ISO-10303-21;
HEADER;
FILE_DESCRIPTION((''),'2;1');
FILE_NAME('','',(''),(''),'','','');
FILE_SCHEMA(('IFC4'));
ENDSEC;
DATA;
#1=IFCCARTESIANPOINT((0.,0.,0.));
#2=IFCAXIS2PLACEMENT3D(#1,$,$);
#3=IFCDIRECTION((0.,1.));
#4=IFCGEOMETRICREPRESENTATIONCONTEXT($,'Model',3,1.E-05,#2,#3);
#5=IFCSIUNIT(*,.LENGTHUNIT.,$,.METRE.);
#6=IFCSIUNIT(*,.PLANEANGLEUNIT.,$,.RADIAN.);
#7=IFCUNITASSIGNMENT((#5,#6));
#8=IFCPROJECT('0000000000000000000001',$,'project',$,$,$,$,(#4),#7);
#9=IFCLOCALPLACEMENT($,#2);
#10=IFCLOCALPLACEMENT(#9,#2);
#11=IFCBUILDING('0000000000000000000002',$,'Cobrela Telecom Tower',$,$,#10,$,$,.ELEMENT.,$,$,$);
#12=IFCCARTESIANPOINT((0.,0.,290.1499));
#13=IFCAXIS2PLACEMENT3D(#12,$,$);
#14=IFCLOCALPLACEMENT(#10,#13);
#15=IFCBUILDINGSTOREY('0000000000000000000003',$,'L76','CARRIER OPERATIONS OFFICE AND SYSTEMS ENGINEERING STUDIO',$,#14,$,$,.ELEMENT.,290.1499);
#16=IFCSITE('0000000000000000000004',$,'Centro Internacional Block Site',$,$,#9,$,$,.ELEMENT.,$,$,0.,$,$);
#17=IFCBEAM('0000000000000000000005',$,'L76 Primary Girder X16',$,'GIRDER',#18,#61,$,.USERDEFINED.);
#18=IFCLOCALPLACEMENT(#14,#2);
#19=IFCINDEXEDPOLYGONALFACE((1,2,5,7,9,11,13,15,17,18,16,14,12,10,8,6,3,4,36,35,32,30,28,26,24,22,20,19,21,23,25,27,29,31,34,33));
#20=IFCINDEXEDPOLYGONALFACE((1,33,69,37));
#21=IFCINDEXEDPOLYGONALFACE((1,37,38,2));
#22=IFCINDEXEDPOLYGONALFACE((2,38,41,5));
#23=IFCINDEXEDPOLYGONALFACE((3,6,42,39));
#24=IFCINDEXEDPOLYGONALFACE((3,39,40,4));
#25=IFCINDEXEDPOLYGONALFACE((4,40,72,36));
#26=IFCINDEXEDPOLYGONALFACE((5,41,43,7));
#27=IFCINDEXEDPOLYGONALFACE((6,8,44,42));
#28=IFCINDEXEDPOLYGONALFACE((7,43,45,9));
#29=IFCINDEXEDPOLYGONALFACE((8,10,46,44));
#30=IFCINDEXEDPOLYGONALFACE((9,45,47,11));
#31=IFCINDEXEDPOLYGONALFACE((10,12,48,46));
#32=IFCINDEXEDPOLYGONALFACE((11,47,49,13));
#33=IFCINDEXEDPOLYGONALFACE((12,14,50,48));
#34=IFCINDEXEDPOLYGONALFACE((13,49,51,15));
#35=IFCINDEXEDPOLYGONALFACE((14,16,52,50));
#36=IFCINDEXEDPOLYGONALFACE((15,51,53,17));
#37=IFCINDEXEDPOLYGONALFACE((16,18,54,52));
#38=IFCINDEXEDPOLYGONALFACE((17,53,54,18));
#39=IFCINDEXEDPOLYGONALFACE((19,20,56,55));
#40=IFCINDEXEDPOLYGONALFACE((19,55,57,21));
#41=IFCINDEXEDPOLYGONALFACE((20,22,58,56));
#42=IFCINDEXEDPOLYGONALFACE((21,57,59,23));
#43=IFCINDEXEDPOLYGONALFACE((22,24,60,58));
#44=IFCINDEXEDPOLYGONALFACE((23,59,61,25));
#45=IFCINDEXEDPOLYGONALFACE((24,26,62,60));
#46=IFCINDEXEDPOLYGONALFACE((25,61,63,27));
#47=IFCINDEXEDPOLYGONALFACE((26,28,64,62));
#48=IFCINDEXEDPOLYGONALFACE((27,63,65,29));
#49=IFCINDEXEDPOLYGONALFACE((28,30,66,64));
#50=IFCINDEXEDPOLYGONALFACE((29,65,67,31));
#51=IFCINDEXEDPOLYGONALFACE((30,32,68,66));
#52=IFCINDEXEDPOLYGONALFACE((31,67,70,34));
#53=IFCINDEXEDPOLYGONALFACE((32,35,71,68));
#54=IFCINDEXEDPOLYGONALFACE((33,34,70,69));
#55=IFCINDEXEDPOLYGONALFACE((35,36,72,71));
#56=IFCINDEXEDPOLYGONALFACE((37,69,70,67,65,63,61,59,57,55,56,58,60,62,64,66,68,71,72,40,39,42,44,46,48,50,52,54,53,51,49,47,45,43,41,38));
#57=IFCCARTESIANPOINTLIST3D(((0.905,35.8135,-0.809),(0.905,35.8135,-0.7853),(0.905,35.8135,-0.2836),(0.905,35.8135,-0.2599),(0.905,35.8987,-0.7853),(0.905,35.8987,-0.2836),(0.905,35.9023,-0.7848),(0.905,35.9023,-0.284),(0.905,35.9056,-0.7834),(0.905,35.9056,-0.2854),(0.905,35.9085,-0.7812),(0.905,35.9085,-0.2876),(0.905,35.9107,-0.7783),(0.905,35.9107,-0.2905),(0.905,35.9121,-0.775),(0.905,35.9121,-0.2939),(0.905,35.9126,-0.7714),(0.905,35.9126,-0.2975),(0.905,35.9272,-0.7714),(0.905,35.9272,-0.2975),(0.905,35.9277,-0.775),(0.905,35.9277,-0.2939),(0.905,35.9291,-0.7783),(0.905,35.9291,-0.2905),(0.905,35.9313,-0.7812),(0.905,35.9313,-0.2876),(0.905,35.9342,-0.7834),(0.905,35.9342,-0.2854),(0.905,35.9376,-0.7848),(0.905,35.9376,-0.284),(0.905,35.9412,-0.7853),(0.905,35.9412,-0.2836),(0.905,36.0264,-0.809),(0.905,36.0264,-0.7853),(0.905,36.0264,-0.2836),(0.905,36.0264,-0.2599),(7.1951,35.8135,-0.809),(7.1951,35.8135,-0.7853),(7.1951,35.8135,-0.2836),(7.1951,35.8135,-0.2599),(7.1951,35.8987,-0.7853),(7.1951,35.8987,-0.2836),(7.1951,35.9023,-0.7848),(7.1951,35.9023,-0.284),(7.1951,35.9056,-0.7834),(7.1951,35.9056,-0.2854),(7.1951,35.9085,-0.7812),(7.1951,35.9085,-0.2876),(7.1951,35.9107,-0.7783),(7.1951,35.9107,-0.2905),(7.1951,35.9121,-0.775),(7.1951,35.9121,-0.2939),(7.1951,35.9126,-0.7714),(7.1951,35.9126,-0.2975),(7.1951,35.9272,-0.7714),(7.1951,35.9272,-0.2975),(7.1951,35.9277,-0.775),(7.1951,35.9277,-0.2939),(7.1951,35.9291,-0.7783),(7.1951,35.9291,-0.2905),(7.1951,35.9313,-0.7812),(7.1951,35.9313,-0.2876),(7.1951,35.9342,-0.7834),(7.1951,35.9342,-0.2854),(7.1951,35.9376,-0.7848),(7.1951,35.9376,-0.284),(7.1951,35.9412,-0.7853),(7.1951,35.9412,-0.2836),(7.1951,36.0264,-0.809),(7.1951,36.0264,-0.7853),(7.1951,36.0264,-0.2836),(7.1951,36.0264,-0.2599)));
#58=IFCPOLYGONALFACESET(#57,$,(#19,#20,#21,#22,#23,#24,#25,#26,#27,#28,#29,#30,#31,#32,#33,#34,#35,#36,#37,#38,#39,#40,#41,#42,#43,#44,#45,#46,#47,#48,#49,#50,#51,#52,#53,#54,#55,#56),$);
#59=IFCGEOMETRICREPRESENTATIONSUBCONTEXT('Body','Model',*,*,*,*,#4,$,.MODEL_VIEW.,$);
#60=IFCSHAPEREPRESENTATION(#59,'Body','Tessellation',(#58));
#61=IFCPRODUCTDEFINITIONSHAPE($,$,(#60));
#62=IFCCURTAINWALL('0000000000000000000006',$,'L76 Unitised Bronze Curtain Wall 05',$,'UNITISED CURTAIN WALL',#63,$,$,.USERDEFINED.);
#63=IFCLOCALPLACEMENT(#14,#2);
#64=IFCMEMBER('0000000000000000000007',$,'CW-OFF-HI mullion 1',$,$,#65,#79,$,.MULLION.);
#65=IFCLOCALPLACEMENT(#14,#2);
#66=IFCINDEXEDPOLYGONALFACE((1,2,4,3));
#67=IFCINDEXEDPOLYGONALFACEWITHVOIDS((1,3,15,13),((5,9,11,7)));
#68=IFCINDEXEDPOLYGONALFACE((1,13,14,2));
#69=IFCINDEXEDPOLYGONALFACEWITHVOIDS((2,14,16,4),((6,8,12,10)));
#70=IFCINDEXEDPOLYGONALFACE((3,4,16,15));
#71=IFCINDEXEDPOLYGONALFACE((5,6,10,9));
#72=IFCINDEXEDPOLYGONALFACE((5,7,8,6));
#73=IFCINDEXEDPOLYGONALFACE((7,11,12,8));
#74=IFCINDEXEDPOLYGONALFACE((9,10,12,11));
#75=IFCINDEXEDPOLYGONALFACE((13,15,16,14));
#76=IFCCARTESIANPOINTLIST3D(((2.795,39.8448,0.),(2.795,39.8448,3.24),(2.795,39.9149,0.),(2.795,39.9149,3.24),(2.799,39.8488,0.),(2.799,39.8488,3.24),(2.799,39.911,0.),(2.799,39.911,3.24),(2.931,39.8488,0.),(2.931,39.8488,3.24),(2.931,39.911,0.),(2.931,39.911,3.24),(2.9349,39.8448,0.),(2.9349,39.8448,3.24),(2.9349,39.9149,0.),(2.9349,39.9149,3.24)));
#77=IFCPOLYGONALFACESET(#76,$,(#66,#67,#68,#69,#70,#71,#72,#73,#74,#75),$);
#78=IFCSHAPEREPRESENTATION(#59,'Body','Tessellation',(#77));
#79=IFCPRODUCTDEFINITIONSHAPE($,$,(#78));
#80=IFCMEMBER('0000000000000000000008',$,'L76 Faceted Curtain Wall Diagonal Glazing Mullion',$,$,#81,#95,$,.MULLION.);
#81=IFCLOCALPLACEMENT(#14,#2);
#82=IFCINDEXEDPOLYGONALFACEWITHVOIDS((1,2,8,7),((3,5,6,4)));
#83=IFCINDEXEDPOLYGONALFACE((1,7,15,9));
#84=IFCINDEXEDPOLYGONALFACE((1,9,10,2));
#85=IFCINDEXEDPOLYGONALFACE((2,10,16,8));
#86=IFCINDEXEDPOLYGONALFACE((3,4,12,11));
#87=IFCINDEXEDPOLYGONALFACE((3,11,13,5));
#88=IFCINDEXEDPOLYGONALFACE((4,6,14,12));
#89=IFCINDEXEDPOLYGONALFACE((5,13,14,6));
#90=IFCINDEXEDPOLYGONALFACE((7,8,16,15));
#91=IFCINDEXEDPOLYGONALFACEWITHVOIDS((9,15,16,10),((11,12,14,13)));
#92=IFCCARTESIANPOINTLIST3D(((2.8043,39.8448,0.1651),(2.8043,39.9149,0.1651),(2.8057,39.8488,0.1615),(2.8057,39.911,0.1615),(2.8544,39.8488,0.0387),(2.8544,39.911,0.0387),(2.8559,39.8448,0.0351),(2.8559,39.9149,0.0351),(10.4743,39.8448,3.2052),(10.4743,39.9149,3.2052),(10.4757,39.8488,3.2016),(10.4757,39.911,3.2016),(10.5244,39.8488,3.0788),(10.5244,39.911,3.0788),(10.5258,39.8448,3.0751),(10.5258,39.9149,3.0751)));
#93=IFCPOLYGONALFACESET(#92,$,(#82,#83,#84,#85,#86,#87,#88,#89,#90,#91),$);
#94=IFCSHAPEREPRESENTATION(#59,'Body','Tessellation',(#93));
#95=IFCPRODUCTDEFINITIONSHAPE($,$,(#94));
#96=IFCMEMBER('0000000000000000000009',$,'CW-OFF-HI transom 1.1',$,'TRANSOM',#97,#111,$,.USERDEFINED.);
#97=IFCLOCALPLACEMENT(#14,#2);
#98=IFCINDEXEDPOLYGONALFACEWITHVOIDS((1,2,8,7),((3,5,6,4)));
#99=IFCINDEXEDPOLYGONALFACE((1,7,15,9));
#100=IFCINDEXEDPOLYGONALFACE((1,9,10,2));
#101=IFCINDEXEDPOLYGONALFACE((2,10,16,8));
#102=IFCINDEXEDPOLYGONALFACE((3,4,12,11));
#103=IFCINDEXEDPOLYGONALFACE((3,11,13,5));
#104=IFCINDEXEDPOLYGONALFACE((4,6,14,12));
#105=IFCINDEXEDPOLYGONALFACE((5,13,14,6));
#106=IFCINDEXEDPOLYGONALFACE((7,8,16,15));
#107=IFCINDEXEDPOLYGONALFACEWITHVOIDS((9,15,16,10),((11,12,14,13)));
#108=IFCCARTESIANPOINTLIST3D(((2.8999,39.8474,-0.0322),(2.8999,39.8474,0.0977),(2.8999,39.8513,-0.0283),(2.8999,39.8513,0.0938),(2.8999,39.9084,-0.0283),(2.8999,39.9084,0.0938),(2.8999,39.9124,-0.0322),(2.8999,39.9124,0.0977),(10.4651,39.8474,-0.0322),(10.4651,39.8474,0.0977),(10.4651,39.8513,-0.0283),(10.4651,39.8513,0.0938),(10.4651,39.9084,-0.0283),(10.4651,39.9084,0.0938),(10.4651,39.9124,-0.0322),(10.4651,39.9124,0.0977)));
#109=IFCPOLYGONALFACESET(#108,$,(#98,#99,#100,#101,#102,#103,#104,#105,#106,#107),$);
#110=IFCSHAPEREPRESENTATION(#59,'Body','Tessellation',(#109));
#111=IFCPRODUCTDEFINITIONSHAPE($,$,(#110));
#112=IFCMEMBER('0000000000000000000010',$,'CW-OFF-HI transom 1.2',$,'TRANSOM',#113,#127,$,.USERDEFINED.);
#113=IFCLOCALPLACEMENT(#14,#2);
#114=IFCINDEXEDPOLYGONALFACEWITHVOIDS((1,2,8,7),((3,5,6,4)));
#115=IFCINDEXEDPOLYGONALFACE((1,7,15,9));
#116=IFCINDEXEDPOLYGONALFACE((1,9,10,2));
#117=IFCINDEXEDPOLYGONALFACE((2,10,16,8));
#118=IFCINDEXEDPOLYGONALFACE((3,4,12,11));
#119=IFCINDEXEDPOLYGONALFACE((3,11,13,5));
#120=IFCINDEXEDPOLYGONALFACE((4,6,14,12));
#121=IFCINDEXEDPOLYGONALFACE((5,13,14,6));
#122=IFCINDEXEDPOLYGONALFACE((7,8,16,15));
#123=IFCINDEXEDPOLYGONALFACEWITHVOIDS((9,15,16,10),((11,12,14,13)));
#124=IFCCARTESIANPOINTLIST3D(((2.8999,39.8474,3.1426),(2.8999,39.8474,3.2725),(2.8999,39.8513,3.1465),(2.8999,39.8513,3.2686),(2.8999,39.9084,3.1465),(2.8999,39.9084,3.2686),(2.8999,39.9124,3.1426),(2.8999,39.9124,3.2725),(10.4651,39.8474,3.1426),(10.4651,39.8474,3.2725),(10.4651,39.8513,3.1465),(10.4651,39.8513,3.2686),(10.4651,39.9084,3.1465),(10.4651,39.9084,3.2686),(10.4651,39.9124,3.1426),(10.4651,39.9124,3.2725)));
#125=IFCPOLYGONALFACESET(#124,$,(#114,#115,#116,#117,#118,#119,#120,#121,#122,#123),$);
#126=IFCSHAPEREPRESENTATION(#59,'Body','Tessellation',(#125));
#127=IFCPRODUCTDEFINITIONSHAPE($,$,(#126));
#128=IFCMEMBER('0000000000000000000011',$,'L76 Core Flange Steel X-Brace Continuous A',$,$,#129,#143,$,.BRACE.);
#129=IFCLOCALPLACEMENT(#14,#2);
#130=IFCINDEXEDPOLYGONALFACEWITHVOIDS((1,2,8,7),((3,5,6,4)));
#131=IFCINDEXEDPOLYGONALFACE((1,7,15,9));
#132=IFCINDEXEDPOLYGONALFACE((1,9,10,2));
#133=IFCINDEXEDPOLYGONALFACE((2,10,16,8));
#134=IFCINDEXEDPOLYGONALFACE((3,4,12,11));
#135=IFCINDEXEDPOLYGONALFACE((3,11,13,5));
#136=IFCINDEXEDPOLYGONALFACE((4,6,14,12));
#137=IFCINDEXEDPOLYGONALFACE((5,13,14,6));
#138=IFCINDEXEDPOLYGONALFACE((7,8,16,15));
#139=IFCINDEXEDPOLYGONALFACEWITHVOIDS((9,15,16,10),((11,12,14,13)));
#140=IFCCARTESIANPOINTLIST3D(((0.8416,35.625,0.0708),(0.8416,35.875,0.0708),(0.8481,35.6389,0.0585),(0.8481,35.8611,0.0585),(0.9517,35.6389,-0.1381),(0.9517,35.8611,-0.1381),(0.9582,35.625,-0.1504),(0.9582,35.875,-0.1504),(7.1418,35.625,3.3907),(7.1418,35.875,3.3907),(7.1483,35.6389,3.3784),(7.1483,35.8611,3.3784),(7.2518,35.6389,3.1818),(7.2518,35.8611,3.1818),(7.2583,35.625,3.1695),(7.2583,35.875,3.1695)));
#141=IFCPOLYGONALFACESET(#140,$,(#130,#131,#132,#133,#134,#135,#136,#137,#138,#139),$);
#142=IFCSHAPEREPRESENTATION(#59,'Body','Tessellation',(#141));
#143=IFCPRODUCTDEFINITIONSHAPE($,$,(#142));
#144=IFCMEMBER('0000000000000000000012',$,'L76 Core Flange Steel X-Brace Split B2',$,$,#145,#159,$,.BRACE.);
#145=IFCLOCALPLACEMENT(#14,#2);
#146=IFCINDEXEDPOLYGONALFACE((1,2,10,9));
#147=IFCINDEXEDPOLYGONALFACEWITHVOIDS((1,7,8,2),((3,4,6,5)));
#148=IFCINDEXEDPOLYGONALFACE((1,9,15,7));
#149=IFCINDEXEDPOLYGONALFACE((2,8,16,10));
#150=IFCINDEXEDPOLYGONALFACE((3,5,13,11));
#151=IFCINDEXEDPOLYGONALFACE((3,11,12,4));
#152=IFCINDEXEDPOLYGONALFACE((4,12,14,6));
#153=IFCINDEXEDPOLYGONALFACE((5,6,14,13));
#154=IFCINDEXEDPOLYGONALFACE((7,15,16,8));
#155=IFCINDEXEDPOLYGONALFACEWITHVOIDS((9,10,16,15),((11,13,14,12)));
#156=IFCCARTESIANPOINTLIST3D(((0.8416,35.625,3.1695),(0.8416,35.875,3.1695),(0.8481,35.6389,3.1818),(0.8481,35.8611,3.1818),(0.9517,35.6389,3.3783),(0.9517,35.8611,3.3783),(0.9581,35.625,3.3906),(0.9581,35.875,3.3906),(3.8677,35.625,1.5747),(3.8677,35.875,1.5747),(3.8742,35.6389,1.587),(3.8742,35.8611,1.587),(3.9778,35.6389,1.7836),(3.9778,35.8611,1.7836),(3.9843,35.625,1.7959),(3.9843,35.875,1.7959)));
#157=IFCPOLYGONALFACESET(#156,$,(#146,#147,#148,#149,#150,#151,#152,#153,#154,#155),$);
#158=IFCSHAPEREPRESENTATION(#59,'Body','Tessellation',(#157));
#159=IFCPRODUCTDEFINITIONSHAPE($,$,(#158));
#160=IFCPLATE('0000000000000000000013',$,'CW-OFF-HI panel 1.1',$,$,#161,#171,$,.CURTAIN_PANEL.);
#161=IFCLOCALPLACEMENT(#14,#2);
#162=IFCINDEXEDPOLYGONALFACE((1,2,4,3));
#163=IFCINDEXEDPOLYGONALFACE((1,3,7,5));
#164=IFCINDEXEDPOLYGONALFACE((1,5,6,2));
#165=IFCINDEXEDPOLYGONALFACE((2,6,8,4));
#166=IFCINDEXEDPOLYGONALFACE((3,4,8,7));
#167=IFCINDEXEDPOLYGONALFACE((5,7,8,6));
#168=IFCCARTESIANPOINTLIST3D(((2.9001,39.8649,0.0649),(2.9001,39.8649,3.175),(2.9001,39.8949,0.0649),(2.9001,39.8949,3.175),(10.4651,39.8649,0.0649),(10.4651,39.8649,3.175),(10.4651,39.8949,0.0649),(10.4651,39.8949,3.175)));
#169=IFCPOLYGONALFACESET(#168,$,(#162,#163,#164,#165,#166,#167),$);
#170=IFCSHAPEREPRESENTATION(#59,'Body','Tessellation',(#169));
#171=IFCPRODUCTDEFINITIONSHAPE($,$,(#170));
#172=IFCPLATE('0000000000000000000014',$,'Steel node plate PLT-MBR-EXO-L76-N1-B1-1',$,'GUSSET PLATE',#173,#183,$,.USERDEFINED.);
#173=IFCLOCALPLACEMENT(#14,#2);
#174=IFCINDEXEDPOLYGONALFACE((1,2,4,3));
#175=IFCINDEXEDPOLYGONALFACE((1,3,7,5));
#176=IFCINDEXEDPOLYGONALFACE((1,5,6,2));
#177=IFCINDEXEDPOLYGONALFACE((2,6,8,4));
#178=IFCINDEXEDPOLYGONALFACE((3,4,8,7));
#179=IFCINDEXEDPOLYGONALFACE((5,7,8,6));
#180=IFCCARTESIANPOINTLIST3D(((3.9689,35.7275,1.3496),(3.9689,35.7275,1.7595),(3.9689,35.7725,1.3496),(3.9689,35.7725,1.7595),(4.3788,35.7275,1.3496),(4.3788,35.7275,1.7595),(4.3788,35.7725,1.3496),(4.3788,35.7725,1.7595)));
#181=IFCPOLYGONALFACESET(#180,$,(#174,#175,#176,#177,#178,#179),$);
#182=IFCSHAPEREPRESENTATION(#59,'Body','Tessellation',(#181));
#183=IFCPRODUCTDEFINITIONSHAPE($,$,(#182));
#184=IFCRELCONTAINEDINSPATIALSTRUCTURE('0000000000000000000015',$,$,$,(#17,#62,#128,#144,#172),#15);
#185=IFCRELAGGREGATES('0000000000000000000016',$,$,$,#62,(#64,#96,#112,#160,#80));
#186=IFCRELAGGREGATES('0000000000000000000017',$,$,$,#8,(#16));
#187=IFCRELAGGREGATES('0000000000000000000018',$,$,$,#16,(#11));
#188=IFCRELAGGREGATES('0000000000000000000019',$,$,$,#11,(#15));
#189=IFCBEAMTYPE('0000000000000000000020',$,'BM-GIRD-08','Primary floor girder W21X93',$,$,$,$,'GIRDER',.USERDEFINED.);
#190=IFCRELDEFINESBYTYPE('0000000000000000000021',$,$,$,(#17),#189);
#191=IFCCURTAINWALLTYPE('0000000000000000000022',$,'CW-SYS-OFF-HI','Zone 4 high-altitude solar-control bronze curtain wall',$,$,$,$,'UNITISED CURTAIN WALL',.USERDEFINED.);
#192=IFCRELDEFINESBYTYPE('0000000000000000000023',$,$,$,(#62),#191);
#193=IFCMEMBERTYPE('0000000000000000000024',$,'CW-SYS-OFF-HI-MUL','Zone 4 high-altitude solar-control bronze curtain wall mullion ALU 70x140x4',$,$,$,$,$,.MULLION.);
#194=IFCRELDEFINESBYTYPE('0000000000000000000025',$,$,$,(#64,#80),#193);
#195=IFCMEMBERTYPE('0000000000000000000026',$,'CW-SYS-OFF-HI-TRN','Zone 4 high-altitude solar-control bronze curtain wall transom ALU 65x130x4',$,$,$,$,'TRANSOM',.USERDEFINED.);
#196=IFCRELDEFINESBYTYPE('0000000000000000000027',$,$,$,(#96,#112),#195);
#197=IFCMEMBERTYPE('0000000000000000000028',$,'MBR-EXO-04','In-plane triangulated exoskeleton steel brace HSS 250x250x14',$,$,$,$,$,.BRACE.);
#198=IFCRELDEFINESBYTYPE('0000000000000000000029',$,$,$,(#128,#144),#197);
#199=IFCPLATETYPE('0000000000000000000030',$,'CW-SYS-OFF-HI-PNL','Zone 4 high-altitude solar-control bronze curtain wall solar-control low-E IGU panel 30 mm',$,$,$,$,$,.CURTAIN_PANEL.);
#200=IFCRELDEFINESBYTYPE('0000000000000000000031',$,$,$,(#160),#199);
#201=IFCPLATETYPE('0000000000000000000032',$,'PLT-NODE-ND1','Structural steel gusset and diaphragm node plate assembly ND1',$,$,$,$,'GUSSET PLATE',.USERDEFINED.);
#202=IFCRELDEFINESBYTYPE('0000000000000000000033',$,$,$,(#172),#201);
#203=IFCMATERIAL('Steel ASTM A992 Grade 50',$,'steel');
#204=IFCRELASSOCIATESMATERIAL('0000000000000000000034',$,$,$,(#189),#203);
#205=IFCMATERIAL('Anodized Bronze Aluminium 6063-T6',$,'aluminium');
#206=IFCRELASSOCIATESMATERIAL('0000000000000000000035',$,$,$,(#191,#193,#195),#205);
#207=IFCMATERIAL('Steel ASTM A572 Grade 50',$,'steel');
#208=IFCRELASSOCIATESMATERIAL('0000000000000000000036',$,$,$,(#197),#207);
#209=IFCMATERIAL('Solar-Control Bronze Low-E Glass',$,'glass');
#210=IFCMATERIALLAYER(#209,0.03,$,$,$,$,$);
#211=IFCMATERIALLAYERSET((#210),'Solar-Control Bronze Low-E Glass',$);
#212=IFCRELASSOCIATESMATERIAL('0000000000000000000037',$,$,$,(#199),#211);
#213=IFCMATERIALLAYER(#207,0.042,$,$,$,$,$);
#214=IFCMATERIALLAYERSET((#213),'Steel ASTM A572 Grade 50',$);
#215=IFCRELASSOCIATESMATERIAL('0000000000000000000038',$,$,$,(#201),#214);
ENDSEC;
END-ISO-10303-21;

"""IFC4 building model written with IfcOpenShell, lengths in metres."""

from ifc_helpers import new_model, si_unit, direction, frame, origin, origin_2d, place, context, subcontext, project, spatial, rectangle, hollow_rectangle, i_section, extrude, material, layer, layer_set, material_profile, profile_set, type_object, element, aggregate, save


model = new_model("IFC4")

# Units and contexts
model_context = context("Model", 3, precision=1e-05, world=origin(), true_north=direction((0.0, 1.0)))
body_context = subcontext(model_context, "Body", "Model", "MODEL_VIEW")
ifc_project = project(units=[si_unit("LENGTHUNIT", "METRE"), si_unit("PLANEANGLEUNIT", "RADIAN")], contexts=[model_context])

# Site, building, storey
site_placement = place(None, origin())
site = spatial("IfcSite", under=ifc_project, at=site_placement, Name="Centro Internacional Block Site", CompositionType="ELEMENT", RefElevation=0.0)
building_placement = place(site_placement, origin())
building = spatial("IfcBuilding", under=site, at=building_placement, Name="Cobrela Telecom Tower", CompositionType="ELEMENT")
storey_placement = place(building_placement, frame((0.0, 0.0, 290.1499)))
storey = spatial("IfcBuildingStorey", under=building, at=storey_placement, Name="L76", Description="CARRIER OPERATIONS OFFICE AND SYSTEMS ENGINEERING STUDIO", CompositionType="ELEMENT", Elevation=290.1499)

# Beam
ifc_material_1 = material(Name="Steel ASTM A992 Grade 50", Category="steel")
ifc_material_profile_1 = material_profile(ifc_material_1, i_section(OverallWidth=0.2129, OverallDepth=0.5491, WebThickness=0.0146, FlangeThickness=0.0237, FilletRadius=0.0139, at=origin_2d()), Name="W21X93")
ifc_profile_set_1 = profile_set([ifc_material_profile_1], Name="Steel ASTM A992 Grade 50")
beam_type = type_object("IfcBeamType", Name="BM-GIRD-08", Description="Primary floor girder W21X93", ElementType="GIRDER", PredefinedType="USERDEFINED", material=ifc_profile_set_1)
beam_placement = place(storey_placement, frame((0.905, 35.9199, -0.5344), z_axis=(1.0, 0.0, 0.0), x_axis=(0.0, 1.0, 0.0)))
element("IfcBeam", 1, at=beam_placement, inside=storey, type_object=beam_type, Name="L76 Primary Girder X16", ObjectType="GIRDER", PredefinedType="USERDEFINED", context=body_context, shape_type="SweptSolid", body=[
    extrude(i_section(OverallWidth=0.2129, OverallDepth=0.5491, WebThickness=0.0146, FlangeThickness=0.0237, FilletRadius=0.0139, at=origin_2d()), origin(), (0.0, 0.0, 1.0), 6.29),
])

# Curtain wall, members
ifc_material_2 = material(Name="Anodized Bronze Aluminium 6063-T6", Category="aluminium")
curtain_wall_type = type_object("IfcCurtainWallType", Name="CW-SYS-OFF-HI", Description="Zone 4 high-altitude solar-control bronze curtain wall", ElementType="UNITISED CURTAIN WALL", PredefinedType="USERDEFINED", material=ifc_material_2)
curtain_wall_placement = place(storey_placement, origin())
curtain_wall = element("IfcCurtainWall", 2, at=curtain_wall_placement, inside=storey, type_object=curtain_wall_type, Name="L76 Unitised Bronze Curtain Wall 05", ObjectType="UNITISED CURTAIN WALL", PredefinedType="USERDEFINED")
ifc_material_profile_2 = material_profile(ifc_material_2, hollow_rectangle(XDim=0.0701, YDim=0.1399, WallThickness=0.0039, at=origin_2d()), Name="ALU 70x140x4")
ifc_profile_set_2 = profile_set([ifc_material_profile_2], Name="Anodized Bronze Aluminium 6063-T6")
member_type_1 = type_object("IfcMemberType", Name="CW-SYS-OFF-HI-MUL", Description="Zone 4 high-altitude solar-control bronze curtain wall mullion ALU 70x140x4", PredefinedType="MULLION", material=ifc_profile_set_2)
member_1_placement = place(storey_placement, frame((2.865, 39.8799, 0.0), z_axis=(0.0, 0.0, 1.0), x_axis=(0.0, 1.0, 0.0)))
member_1 = element("IfcMember", 3, at=member_1_placement, type_object=member_type_1, Name="CW-OFF-HI mullion 1", PredefinedType="MULLION", context=body_context, shape_type="SweptSolid", body=[
    extrude(hollow_rectangle(XDim=0.0701, YDim=0.1399, WallThickness=0.0039, at=origin_2d()), origin(), (0.0, 0.0, 1.0), 3.24),
])
member_2_placement = place(storey_placement, frame((2.8301, 39.8799, 0.1001), z_axis=(0.929639, 0.0, 0.368471), x_axis=(0.0, 1.0, 0.0)))
member_2 = element("IfcMember", 4, at=member_2_placement, type_object=member_type_1, Name="L76 Faceted Curtain Wall Diagonal Glazing Mullion", PredefinedType="MULLION", context=body_context, shape_type="SweptSolid", body=[
    extrude(hollow_rectangle(XDim=0.0701, YDim=0.1399, WallThickness=0.0039, at=origin_2d()), origin(), (0.0, 0.0, 1.0), 8.2505),
])
ifc_material_profile_3 = material_profile(ifc_material_2, hollow_rectangle(XDim=0.0649, YDim=0.1299, WallThickness=0.0039, at=origin_2d()), Name="ALU 65x130x4")
ifc_profile_set_3 = profile_set([ifc_material_profile_3], Name="Anodized Bronze Aluminium 6063-T6")
member_type_2 = type_object("IfcMemberType", Name="CW-SYS-OFF-HI-TRN", Description="Zone 4 high-altitude solar-control bronze curtain wall transom ALU 65x130x4", ElementType="TRANSOM", PredefinedType="USERDEFINED", material=ifc_profile_set_3)
member_3_placement = place(storey_placement, frame((2.8999, 39.8799, 0.0327), z_axis=(1.0, 0.0, 0.0), x_axis=(0.0, 1.0, 0.0)))
member_3 = element("IfcMember", 5, at=member_3_placement, type_object=member_type_2, Name="CW-OFF-HI transom 1.1", ObjectType="TRANSOM", PredefinedType="USERDEFINED", context=body_context, shape_type="SweptSolid", body=[
    extrude(hollow_rectangle(XDim=0.0649, YDim=0.1299, WallThickness=0.0039, at=origin_2d()), origin(), (0.0, 0.0, 1.0), 7.5652),
])
member_4_placement = place(storey_placement, frame((2.8999, 39.8799, 3.2075), z_axis=(1.0, 0.0, 0.0), x_axis=(0.0, 1.0, 0.0)))
member_4 = element("IfcMember", 6, at=member_4_placement, type_object=member_type_2, Name="CW-OFF-HI transom 1.2", ObjectType="TRANSOM", PredefinedType="USERDEFINED", context=body_context, shape_type="SweptSolid", body=[
    extrude(hollow_rectangle(XDim=0.0649, YDim=0.1299, WallThickness=0.0039, at=origin_2d()), origin(), (0.0, 0.0, 1.0), 7.5652),
])

# Members
ifc_material_3 = material(Name="Steel ASTM A572 Grade 50", Category="steel")
ifc_material_profile_4 = material_profile(ifc_material_3, hollow_rectangle(XDim=0.25, YDim=0.25, WallThickness=0.0139, at=origin_2d()), Name="HSS 250x250x14")
ifc_profile_set_4 = profile_set([ifc_material_profile_4], Name="Steel ASTM A572 Grade 50")
member_type_3 = type_object("IfcMemberType", Name="MBR-EXO-04", Description="In-plane triangulated exoskeleton steel brace HSS 250x250x14", PredefinedType="BRACE", material=ifc_profile_set_4)
member_5_placement = place(storey_placement, frame((0.8999, 35.75, -0.0398), z_axis=(0.884686, 0.0, 0.466187), x_axis=(0.0, 1.0, 0.0)))
element("IfcMember", 7, at=member_5_placement, inside=storey, type_object=member_type_3, Name="L76 Core Flange Steel X-Brace Continuous A", PredefinedType="BRACE", context=body_context, shape_type="SweptSolid", body=[
    extrude(hollow_rectangle(XDim=0.25, YDim=0.25, WallThickness=0.0139, at=origin_2d()), origin(), (0.0, 0.0, 1.0), 7.1213),
])
member_6_placement = place(storey_placement, frame((3.926, 35.75, 1.6853), z_axis=(-0.884673, 0.0, 0.466211), x_axis=(0.0, -1.0, 0.0)))
element("IfcMember", 8, at=member_6_placement, inside=storey, type_object=member_type_3, Name="L76 Core Flange Steel X-Brace Split B2", PredefinedType="BRACE", context=body_context, shape_type="SweptSolid", body=[
    extrude(hollow_rectangle(XDim=0.25, YDim=0.25, WallThickness=0.0139, at=origin_2d()), origin(), (0.0, 0.0, 1.0), 3.4207),
])

# Plate
ifc_material_4 = material(Name="Solar-Control Bronze Low-E Glass", Category="glass")
ifc_layer_1 = layer(ifc_material_4, 0.03)
ifc_layer_set_1 = layer_set([ifc_layer_1], Name="Solar-Control Bronze Low-E Glass")
plate_type_1 = type_object("IfcPlateType", Name="CW-SYS-OFF-HI-PNL", Description="Zone 4 high-altitude solar-control bronze curtain wall solar-control low-E IGU panel 30 mm", PredefinedType="CURTAIN_PANEL", material=ifc_layer_set_1)
plate_1_placement = place(storey_placement, frame((6.6826, 39.8799, 0.0649), z_axis=(0.0, 0.0, 1.0), x_axis=(1.0, 0.0, 0.0)))
plate_1 = element("IfcPlate", 9, at=plate_1_placement, type_object=plate_type_1, Name="CW-OFF-HI panel 1.1", PredefinedType="CURTAIN_PANEL", context=body_context, shape_type="SweptSolid", body=[
    extrude(rectangle(XDim=7.5649, YDim=0.03, at=origin_2d()), origin(), (0.0, 0.0, 1.0), 3.1101),
])
aggregate(curtain_wall, [member_1, member_3, member_4, plate_1, member_2])

# Plate
ifc_layer_2 = layer(ifc_material_3, 0.042)
ifc_layer_set_2 = layer_set([ifc_layer_2], Name="Steel ASTM A572 Grade 50")
plate_type_2 = type_object("IfcPlateType", Name="PLT-NODE-ND1", Description="Structural steel gusset and diaphragm node plate assembly ND1", ElementType="GUSSET PLATE", PredefinedType="USERDEFINED", material=ifc_layer_set_2)
for number, where, z_axis, x_axis, name in (
    (10, (4.1738, 35.75, 1.3496), (0.0, 0.0, 1.0), (-1.0, 0.0, 0.0), "Steel node plate PLT-MBR-EXO-L76-N1-B1-1"),
):
    element("IfcPlate", number, at=place(storey_placement, frame(where, z_axis=z_axis, x_axis=x_axis)), inside=storey, type_object=plate_type_2, Name=name, ObjectType="GUSSET PLATE", PredefinedType="USERDEFINED", context=body_context, shape_type="SweptSolid", body=[
        extrude(rectangle(XDim=0.4099, YDim=0.0449, at=origin_2d()), origin(), (0.0, 0.0, 1.0), 0.4099),
    ])

save(model, "model.ifc")
